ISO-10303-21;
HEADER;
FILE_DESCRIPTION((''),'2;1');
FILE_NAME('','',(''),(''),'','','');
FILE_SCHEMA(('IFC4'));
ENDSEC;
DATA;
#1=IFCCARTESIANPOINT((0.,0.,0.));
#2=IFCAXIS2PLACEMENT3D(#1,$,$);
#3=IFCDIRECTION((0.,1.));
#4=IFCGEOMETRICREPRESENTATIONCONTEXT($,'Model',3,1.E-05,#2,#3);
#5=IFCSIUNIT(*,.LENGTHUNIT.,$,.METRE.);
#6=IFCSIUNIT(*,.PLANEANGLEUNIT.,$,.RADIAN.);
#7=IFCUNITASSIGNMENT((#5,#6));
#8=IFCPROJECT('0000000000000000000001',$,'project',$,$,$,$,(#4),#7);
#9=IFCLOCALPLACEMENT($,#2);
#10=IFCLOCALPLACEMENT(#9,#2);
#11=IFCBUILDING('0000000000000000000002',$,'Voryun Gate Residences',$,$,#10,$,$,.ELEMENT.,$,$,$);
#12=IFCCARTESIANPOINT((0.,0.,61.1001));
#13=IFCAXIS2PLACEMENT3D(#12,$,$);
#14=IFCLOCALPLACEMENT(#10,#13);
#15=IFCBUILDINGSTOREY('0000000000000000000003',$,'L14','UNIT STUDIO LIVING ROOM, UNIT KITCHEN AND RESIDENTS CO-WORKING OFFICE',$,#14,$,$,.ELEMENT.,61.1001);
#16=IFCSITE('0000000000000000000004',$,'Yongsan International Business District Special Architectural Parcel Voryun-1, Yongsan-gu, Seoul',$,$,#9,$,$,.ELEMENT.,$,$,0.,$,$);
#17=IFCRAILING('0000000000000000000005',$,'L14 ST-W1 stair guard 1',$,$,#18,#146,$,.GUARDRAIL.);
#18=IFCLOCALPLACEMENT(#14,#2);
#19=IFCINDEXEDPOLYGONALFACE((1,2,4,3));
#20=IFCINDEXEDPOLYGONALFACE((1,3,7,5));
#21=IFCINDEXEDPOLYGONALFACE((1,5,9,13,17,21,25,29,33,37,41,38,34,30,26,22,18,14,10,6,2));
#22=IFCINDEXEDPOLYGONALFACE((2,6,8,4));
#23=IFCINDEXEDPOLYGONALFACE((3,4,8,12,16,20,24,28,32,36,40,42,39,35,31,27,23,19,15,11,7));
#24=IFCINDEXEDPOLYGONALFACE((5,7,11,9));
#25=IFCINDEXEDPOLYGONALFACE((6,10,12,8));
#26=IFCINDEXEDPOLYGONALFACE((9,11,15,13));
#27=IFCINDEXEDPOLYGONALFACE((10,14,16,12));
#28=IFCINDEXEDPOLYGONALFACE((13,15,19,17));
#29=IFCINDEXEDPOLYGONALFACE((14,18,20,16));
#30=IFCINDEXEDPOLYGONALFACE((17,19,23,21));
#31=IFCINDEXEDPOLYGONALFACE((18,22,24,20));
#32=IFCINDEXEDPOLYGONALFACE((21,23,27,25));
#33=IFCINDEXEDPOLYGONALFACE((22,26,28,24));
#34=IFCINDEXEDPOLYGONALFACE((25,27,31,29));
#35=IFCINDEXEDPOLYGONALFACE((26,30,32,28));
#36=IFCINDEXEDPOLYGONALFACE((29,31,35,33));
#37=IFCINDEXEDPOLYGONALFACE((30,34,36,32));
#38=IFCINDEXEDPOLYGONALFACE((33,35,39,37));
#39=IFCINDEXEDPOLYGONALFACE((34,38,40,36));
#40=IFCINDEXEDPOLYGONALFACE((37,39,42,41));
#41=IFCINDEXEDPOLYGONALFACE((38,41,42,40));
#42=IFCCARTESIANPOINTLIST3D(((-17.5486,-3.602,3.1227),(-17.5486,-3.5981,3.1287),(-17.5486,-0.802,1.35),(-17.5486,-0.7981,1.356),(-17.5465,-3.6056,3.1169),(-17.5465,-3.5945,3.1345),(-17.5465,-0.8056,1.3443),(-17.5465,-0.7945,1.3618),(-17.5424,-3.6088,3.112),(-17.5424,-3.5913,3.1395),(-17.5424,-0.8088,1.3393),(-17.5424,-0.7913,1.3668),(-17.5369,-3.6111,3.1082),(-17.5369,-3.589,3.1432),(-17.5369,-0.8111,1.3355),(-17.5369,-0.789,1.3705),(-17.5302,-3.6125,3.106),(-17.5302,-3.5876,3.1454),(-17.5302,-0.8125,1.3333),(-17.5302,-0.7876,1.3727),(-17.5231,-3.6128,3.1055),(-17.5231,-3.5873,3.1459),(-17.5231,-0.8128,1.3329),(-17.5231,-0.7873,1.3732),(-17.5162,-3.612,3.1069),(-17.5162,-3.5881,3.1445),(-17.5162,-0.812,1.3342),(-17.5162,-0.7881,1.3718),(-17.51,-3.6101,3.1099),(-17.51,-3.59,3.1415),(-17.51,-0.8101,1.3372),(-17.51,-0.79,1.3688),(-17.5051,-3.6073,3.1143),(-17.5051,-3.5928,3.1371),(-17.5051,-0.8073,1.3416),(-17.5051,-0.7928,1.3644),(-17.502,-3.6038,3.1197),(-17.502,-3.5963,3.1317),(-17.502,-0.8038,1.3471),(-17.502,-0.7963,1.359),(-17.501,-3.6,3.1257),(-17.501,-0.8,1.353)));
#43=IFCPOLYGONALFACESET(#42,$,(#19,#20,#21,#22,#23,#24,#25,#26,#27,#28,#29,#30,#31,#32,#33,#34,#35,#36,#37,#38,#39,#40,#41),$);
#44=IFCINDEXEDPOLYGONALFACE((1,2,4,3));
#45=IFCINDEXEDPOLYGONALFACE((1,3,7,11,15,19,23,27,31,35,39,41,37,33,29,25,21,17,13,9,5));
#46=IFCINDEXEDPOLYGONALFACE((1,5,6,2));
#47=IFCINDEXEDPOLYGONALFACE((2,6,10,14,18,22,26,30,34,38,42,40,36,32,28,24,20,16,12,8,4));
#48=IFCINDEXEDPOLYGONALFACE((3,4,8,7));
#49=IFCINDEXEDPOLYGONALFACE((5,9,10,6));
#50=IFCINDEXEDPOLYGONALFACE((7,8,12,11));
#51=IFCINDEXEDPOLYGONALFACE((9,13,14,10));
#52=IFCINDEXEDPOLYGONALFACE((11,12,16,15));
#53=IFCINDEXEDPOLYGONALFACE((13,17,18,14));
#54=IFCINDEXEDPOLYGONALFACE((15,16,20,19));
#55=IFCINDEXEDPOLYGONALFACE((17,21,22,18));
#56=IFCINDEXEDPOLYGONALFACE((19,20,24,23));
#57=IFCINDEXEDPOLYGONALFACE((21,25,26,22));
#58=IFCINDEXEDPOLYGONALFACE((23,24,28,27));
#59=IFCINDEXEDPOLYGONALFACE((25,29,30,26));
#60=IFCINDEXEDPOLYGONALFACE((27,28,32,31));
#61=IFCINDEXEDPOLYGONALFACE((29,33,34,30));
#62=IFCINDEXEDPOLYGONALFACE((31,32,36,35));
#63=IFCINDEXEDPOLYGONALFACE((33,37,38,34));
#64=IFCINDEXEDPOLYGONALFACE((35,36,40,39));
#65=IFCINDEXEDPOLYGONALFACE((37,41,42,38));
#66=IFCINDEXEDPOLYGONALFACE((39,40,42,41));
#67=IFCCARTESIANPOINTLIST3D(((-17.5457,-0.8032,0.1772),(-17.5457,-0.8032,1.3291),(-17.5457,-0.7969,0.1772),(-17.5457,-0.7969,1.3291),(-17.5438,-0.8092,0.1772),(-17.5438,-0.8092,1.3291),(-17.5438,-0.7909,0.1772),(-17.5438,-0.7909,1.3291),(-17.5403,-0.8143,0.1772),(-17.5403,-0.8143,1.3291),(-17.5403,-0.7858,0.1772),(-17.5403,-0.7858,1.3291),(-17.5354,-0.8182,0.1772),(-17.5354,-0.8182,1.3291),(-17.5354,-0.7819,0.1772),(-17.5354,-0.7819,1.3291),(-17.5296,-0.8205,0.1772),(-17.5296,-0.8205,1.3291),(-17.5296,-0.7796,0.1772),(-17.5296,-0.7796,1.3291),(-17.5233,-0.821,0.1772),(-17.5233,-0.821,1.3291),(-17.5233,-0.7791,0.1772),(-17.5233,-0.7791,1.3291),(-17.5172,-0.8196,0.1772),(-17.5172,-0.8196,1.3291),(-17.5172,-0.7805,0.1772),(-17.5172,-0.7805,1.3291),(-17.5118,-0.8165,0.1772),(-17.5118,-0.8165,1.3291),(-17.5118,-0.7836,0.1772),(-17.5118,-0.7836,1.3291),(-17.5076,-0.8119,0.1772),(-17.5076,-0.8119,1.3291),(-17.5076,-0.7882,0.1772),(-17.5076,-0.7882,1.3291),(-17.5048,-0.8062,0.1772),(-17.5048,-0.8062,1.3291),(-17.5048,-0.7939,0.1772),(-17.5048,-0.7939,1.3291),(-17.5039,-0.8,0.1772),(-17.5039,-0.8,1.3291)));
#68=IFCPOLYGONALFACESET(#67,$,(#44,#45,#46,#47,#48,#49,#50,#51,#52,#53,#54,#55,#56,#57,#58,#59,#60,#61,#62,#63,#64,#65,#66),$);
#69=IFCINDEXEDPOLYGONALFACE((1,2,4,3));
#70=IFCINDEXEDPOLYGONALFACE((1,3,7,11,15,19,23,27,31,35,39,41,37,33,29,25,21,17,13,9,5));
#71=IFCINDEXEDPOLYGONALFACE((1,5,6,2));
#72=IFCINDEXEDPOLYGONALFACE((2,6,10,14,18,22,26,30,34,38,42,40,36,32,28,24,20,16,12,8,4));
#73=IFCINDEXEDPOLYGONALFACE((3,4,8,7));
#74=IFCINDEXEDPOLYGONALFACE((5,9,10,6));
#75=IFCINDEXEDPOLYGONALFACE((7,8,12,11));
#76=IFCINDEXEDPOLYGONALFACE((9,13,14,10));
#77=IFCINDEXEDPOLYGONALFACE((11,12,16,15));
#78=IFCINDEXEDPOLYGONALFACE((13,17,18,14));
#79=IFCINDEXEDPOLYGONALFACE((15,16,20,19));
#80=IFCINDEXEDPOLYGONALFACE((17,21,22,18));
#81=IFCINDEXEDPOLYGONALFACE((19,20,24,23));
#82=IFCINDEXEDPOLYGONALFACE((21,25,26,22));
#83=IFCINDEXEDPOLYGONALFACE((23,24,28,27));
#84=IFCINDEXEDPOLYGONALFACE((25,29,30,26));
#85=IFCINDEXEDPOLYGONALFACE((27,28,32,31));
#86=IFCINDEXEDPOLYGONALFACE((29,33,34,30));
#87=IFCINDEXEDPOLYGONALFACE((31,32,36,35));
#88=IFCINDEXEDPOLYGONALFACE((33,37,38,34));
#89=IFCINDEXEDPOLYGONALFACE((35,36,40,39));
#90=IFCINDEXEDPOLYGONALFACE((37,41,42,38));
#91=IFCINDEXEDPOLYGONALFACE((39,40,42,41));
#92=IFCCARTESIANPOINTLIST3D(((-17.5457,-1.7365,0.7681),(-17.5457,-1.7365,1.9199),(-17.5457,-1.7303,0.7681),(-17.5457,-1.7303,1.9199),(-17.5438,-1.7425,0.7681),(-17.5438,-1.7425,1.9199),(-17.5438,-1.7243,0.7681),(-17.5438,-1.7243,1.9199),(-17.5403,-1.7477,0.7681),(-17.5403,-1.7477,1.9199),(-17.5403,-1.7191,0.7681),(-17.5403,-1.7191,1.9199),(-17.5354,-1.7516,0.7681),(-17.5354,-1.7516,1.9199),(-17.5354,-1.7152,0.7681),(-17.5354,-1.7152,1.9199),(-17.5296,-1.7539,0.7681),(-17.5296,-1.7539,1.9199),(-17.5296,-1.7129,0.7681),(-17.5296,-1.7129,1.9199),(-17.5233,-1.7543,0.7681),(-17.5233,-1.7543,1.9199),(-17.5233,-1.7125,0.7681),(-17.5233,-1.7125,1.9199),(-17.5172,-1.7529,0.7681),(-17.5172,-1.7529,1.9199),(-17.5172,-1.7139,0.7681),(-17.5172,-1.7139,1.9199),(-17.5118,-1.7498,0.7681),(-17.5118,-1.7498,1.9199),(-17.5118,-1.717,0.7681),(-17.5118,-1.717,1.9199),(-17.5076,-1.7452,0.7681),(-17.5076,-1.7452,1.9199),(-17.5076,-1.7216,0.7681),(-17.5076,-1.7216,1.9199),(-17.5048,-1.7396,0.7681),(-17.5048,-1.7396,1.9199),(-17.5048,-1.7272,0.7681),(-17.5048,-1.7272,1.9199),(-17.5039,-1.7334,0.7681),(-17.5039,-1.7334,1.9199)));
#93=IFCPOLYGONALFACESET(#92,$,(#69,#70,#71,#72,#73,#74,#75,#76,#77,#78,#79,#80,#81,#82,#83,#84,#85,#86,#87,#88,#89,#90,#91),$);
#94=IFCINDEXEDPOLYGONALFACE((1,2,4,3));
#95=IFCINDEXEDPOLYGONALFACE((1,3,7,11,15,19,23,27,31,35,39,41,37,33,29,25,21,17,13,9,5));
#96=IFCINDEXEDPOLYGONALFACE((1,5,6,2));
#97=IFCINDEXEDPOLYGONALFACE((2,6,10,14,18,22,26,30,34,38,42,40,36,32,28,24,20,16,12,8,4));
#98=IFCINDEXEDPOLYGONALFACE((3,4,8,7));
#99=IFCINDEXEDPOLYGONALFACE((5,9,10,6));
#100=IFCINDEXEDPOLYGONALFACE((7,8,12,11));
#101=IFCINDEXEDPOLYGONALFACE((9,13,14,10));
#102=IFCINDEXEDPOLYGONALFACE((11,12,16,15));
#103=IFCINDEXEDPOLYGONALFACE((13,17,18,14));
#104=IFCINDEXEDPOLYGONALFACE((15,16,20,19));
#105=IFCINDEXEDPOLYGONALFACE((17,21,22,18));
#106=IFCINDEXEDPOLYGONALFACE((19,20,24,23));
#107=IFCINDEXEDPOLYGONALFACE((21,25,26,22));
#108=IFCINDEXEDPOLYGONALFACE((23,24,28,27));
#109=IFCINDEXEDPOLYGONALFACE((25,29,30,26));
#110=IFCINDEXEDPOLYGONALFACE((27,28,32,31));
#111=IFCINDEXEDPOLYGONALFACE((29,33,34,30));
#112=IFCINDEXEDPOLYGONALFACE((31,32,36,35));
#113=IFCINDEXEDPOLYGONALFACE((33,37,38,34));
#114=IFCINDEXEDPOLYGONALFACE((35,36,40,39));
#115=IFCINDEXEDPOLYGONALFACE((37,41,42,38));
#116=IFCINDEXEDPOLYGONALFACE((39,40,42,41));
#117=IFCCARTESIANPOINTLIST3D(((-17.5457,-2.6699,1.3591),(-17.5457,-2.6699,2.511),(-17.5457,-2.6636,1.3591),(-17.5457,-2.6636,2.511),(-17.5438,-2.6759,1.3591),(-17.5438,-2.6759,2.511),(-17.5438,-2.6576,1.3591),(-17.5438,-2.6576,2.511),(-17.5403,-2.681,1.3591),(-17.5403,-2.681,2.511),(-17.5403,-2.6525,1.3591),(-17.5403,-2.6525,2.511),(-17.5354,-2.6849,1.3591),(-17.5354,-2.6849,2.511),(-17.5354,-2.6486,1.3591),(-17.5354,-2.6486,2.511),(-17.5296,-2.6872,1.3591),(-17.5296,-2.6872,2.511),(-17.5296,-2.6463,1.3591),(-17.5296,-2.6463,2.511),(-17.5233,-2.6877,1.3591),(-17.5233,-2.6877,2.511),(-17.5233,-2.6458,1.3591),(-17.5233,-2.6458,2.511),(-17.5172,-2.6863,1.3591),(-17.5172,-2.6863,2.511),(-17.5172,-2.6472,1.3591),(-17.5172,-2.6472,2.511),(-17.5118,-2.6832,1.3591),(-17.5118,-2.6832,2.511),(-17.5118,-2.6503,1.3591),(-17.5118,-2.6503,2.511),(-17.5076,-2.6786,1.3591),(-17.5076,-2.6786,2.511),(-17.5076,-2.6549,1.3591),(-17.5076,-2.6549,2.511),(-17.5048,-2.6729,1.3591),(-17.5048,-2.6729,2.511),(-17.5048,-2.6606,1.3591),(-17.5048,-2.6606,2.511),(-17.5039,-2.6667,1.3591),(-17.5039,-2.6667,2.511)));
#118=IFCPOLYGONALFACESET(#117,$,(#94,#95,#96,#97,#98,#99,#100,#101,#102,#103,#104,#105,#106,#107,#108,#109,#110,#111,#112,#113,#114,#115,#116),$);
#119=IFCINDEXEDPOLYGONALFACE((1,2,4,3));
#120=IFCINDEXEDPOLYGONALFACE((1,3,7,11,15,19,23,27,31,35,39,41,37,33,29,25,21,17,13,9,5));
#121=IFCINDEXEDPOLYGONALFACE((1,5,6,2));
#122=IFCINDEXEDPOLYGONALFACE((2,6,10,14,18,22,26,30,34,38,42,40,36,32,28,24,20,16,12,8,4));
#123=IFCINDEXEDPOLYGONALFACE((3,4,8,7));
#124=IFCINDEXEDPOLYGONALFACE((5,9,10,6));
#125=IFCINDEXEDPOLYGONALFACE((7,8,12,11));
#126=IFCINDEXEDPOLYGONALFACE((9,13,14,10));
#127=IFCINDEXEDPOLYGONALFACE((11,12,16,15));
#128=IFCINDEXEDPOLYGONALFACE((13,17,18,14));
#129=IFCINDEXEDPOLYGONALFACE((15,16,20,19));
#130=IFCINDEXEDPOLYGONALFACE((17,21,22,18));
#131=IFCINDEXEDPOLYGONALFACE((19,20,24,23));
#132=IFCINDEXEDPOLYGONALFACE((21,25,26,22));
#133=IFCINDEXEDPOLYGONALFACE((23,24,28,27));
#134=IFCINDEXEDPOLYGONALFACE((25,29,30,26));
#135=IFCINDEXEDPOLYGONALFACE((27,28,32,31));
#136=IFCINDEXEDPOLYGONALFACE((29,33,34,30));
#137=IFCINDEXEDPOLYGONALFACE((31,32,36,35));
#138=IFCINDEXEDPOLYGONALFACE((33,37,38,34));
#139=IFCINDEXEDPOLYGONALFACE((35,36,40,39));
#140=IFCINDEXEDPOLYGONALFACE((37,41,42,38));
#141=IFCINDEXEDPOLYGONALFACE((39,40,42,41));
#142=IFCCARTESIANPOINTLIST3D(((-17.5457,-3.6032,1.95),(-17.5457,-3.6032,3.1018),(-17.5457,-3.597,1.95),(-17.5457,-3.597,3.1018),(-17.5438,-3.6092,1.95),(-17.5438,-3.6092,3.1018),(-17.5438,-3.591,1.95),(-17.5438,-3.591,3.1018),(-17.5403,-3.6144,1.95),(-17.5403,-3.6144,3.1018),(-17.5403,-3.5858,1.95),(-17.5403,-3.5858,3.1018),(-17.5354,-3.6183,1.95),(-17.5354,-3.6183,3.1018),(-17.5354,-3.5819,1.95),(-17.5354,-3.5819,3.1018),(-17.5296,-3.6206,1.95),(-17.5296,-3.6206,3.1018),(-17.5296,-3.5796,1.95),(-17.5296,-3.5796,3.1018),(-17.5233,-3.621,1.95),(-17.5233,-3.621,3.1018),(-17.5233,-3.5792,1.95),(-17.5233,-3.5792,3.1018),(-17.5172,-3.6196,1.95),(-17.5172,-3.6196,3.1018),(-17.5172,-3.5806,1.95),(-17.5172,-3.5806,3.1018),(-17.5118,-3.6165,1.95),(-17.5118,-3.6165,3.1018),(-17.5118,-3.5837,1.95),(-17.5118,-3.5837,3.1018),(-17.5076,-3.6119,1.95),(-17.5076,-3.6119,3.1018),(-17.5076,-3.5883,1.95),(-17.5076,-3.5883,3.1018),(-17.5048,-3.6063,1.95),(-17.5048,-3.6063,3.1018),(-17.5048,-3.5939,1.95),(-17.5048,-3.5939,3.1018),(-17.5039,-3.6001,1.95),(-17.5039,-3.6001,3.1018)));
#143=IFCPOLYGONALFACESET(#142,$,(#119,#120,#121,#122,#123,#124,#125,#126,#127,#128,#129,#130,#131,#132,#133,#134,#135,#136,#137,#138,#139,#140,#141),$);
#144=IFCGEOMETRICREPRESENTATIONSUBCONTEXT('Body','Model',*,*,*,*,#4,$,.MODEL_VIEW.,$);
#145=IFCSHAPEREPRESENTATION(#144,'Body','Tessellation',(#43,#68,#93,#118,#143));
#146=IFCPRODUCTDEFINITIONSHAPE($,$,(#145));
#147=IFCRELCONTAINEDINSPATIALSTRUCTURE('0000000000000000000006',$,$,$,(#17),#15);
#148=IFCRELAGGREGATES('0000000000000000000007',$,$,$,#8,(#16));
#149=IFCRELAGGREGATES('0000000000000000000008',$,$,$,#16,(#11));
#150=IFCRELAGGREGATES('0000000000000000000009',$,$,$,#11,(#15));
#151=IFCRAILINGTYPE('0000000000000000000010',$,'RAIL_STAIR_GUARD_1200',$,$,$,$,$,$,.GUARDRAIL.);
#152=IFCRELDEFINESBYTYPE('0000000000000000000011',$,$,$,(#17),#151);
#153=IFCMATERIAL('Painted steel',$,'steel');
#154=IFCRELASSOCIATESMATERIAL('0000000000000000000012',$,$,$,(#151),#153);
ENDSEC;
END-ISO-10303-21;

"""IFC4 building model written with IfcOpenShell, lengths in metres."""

from ifc_helpers import new_model, si_unit, direction, frame, origin, origin_2d, place, context, subcontext, project, spatial, circle, extrude, material, type_object, element, save


model = new_model("IFC4")

# Units and contexts
model_context = context("Model", 3, precision=1e-05, world=origin(), true_north=direction((0.0, 1.0)))
body_context = subcontext(model_context, "Body", "Model", "MODEL_VIEW")
ifc_project = project(units=[si_unit("LENGTHUNIT", "METRE"), si_unit("PLANEANGLEUNIT", "RADIAN")], contexts=[model_context])

# Site, building, storey
site_placement = place(None, origin())
site = spatial("IfcSite", under=ifc_project, at=site_placement, Name="Yongsan International Business District Special Architectural Parcel Voryun-1, Yongsan-gu, Seoul", CompositionType="ELEMENT", RefElevation=0.0)
building_placement = place(site_placement, origin())
building = spatial("IfcBuilding", under=site, at=building_placement, Name="Voryun Gate Residences", CompositionType="ELEMENT")
storey_placement = place(building_placement, frame((0.0, 0.0, 61.1001)))
storey = spatial("IfcBuildingStorey", under=building, at=storey_placement, Name="L14", Description="UNIT STUDIO LIVING ROOM, UNIT KITCHEN AND RESIDENTS CO-WORKING OFFICE", CompositionType="ELEMENT", Elevation=61.1001)

# Railing
ifc_material_1 = material(Name="Painted steel", Category="steel")
railing_type_1 = type_object("IfcRailingType", Name="RAIL_STAIR_GUARD_1200", PredefinedType="GUARDRAIL", material=ifc_material_1)
railing_1_placement = place(storey_placement, frame((-17.5249, -0.8, 0.1772)))
element("IfcRailing", 1, at=railing_1_placement, inside=storey, type_object=railing_type_1, Name="L14 ST-W1 stair guard 1", PredefinedType="GUARDRAIL", context=body_context, shape_type="SweptSolid", body=[
    extrude(circle(Radius=0.0239, at=origin_2d()), frame((0.0, 0.0, 1.1758), z_axis=(0.0, -0.844909, 0.53491), x_axis=(1.0, 0.0, 0.0)), (0.0, 0.0, 1.0), 3.314),
    extrude(circle(Radius=0.021, at=origin_2d()), origin(), (0.0, 0.0, 1.0), 1.1519),
    extrude(circle(Radius=0.021, at=origin_2d()), frame((0.0, -0.9333, 0.5908)), (0.0, 0.0, 1.0), 1.1519),
    extrude(circle(Radius=0.021, at=origin_2d()), frame((0.0, -1.8667, 1.1819)), (0.0, 0.0, 1.0), 1.1519),
    extrude(circle(Radius=0.021, at=origin_2d()), frame((0.0, -2.8, 1.7727)), (0.0, 0.0, 1.0), 1.1519),
])

save(model, "model.ifc")
